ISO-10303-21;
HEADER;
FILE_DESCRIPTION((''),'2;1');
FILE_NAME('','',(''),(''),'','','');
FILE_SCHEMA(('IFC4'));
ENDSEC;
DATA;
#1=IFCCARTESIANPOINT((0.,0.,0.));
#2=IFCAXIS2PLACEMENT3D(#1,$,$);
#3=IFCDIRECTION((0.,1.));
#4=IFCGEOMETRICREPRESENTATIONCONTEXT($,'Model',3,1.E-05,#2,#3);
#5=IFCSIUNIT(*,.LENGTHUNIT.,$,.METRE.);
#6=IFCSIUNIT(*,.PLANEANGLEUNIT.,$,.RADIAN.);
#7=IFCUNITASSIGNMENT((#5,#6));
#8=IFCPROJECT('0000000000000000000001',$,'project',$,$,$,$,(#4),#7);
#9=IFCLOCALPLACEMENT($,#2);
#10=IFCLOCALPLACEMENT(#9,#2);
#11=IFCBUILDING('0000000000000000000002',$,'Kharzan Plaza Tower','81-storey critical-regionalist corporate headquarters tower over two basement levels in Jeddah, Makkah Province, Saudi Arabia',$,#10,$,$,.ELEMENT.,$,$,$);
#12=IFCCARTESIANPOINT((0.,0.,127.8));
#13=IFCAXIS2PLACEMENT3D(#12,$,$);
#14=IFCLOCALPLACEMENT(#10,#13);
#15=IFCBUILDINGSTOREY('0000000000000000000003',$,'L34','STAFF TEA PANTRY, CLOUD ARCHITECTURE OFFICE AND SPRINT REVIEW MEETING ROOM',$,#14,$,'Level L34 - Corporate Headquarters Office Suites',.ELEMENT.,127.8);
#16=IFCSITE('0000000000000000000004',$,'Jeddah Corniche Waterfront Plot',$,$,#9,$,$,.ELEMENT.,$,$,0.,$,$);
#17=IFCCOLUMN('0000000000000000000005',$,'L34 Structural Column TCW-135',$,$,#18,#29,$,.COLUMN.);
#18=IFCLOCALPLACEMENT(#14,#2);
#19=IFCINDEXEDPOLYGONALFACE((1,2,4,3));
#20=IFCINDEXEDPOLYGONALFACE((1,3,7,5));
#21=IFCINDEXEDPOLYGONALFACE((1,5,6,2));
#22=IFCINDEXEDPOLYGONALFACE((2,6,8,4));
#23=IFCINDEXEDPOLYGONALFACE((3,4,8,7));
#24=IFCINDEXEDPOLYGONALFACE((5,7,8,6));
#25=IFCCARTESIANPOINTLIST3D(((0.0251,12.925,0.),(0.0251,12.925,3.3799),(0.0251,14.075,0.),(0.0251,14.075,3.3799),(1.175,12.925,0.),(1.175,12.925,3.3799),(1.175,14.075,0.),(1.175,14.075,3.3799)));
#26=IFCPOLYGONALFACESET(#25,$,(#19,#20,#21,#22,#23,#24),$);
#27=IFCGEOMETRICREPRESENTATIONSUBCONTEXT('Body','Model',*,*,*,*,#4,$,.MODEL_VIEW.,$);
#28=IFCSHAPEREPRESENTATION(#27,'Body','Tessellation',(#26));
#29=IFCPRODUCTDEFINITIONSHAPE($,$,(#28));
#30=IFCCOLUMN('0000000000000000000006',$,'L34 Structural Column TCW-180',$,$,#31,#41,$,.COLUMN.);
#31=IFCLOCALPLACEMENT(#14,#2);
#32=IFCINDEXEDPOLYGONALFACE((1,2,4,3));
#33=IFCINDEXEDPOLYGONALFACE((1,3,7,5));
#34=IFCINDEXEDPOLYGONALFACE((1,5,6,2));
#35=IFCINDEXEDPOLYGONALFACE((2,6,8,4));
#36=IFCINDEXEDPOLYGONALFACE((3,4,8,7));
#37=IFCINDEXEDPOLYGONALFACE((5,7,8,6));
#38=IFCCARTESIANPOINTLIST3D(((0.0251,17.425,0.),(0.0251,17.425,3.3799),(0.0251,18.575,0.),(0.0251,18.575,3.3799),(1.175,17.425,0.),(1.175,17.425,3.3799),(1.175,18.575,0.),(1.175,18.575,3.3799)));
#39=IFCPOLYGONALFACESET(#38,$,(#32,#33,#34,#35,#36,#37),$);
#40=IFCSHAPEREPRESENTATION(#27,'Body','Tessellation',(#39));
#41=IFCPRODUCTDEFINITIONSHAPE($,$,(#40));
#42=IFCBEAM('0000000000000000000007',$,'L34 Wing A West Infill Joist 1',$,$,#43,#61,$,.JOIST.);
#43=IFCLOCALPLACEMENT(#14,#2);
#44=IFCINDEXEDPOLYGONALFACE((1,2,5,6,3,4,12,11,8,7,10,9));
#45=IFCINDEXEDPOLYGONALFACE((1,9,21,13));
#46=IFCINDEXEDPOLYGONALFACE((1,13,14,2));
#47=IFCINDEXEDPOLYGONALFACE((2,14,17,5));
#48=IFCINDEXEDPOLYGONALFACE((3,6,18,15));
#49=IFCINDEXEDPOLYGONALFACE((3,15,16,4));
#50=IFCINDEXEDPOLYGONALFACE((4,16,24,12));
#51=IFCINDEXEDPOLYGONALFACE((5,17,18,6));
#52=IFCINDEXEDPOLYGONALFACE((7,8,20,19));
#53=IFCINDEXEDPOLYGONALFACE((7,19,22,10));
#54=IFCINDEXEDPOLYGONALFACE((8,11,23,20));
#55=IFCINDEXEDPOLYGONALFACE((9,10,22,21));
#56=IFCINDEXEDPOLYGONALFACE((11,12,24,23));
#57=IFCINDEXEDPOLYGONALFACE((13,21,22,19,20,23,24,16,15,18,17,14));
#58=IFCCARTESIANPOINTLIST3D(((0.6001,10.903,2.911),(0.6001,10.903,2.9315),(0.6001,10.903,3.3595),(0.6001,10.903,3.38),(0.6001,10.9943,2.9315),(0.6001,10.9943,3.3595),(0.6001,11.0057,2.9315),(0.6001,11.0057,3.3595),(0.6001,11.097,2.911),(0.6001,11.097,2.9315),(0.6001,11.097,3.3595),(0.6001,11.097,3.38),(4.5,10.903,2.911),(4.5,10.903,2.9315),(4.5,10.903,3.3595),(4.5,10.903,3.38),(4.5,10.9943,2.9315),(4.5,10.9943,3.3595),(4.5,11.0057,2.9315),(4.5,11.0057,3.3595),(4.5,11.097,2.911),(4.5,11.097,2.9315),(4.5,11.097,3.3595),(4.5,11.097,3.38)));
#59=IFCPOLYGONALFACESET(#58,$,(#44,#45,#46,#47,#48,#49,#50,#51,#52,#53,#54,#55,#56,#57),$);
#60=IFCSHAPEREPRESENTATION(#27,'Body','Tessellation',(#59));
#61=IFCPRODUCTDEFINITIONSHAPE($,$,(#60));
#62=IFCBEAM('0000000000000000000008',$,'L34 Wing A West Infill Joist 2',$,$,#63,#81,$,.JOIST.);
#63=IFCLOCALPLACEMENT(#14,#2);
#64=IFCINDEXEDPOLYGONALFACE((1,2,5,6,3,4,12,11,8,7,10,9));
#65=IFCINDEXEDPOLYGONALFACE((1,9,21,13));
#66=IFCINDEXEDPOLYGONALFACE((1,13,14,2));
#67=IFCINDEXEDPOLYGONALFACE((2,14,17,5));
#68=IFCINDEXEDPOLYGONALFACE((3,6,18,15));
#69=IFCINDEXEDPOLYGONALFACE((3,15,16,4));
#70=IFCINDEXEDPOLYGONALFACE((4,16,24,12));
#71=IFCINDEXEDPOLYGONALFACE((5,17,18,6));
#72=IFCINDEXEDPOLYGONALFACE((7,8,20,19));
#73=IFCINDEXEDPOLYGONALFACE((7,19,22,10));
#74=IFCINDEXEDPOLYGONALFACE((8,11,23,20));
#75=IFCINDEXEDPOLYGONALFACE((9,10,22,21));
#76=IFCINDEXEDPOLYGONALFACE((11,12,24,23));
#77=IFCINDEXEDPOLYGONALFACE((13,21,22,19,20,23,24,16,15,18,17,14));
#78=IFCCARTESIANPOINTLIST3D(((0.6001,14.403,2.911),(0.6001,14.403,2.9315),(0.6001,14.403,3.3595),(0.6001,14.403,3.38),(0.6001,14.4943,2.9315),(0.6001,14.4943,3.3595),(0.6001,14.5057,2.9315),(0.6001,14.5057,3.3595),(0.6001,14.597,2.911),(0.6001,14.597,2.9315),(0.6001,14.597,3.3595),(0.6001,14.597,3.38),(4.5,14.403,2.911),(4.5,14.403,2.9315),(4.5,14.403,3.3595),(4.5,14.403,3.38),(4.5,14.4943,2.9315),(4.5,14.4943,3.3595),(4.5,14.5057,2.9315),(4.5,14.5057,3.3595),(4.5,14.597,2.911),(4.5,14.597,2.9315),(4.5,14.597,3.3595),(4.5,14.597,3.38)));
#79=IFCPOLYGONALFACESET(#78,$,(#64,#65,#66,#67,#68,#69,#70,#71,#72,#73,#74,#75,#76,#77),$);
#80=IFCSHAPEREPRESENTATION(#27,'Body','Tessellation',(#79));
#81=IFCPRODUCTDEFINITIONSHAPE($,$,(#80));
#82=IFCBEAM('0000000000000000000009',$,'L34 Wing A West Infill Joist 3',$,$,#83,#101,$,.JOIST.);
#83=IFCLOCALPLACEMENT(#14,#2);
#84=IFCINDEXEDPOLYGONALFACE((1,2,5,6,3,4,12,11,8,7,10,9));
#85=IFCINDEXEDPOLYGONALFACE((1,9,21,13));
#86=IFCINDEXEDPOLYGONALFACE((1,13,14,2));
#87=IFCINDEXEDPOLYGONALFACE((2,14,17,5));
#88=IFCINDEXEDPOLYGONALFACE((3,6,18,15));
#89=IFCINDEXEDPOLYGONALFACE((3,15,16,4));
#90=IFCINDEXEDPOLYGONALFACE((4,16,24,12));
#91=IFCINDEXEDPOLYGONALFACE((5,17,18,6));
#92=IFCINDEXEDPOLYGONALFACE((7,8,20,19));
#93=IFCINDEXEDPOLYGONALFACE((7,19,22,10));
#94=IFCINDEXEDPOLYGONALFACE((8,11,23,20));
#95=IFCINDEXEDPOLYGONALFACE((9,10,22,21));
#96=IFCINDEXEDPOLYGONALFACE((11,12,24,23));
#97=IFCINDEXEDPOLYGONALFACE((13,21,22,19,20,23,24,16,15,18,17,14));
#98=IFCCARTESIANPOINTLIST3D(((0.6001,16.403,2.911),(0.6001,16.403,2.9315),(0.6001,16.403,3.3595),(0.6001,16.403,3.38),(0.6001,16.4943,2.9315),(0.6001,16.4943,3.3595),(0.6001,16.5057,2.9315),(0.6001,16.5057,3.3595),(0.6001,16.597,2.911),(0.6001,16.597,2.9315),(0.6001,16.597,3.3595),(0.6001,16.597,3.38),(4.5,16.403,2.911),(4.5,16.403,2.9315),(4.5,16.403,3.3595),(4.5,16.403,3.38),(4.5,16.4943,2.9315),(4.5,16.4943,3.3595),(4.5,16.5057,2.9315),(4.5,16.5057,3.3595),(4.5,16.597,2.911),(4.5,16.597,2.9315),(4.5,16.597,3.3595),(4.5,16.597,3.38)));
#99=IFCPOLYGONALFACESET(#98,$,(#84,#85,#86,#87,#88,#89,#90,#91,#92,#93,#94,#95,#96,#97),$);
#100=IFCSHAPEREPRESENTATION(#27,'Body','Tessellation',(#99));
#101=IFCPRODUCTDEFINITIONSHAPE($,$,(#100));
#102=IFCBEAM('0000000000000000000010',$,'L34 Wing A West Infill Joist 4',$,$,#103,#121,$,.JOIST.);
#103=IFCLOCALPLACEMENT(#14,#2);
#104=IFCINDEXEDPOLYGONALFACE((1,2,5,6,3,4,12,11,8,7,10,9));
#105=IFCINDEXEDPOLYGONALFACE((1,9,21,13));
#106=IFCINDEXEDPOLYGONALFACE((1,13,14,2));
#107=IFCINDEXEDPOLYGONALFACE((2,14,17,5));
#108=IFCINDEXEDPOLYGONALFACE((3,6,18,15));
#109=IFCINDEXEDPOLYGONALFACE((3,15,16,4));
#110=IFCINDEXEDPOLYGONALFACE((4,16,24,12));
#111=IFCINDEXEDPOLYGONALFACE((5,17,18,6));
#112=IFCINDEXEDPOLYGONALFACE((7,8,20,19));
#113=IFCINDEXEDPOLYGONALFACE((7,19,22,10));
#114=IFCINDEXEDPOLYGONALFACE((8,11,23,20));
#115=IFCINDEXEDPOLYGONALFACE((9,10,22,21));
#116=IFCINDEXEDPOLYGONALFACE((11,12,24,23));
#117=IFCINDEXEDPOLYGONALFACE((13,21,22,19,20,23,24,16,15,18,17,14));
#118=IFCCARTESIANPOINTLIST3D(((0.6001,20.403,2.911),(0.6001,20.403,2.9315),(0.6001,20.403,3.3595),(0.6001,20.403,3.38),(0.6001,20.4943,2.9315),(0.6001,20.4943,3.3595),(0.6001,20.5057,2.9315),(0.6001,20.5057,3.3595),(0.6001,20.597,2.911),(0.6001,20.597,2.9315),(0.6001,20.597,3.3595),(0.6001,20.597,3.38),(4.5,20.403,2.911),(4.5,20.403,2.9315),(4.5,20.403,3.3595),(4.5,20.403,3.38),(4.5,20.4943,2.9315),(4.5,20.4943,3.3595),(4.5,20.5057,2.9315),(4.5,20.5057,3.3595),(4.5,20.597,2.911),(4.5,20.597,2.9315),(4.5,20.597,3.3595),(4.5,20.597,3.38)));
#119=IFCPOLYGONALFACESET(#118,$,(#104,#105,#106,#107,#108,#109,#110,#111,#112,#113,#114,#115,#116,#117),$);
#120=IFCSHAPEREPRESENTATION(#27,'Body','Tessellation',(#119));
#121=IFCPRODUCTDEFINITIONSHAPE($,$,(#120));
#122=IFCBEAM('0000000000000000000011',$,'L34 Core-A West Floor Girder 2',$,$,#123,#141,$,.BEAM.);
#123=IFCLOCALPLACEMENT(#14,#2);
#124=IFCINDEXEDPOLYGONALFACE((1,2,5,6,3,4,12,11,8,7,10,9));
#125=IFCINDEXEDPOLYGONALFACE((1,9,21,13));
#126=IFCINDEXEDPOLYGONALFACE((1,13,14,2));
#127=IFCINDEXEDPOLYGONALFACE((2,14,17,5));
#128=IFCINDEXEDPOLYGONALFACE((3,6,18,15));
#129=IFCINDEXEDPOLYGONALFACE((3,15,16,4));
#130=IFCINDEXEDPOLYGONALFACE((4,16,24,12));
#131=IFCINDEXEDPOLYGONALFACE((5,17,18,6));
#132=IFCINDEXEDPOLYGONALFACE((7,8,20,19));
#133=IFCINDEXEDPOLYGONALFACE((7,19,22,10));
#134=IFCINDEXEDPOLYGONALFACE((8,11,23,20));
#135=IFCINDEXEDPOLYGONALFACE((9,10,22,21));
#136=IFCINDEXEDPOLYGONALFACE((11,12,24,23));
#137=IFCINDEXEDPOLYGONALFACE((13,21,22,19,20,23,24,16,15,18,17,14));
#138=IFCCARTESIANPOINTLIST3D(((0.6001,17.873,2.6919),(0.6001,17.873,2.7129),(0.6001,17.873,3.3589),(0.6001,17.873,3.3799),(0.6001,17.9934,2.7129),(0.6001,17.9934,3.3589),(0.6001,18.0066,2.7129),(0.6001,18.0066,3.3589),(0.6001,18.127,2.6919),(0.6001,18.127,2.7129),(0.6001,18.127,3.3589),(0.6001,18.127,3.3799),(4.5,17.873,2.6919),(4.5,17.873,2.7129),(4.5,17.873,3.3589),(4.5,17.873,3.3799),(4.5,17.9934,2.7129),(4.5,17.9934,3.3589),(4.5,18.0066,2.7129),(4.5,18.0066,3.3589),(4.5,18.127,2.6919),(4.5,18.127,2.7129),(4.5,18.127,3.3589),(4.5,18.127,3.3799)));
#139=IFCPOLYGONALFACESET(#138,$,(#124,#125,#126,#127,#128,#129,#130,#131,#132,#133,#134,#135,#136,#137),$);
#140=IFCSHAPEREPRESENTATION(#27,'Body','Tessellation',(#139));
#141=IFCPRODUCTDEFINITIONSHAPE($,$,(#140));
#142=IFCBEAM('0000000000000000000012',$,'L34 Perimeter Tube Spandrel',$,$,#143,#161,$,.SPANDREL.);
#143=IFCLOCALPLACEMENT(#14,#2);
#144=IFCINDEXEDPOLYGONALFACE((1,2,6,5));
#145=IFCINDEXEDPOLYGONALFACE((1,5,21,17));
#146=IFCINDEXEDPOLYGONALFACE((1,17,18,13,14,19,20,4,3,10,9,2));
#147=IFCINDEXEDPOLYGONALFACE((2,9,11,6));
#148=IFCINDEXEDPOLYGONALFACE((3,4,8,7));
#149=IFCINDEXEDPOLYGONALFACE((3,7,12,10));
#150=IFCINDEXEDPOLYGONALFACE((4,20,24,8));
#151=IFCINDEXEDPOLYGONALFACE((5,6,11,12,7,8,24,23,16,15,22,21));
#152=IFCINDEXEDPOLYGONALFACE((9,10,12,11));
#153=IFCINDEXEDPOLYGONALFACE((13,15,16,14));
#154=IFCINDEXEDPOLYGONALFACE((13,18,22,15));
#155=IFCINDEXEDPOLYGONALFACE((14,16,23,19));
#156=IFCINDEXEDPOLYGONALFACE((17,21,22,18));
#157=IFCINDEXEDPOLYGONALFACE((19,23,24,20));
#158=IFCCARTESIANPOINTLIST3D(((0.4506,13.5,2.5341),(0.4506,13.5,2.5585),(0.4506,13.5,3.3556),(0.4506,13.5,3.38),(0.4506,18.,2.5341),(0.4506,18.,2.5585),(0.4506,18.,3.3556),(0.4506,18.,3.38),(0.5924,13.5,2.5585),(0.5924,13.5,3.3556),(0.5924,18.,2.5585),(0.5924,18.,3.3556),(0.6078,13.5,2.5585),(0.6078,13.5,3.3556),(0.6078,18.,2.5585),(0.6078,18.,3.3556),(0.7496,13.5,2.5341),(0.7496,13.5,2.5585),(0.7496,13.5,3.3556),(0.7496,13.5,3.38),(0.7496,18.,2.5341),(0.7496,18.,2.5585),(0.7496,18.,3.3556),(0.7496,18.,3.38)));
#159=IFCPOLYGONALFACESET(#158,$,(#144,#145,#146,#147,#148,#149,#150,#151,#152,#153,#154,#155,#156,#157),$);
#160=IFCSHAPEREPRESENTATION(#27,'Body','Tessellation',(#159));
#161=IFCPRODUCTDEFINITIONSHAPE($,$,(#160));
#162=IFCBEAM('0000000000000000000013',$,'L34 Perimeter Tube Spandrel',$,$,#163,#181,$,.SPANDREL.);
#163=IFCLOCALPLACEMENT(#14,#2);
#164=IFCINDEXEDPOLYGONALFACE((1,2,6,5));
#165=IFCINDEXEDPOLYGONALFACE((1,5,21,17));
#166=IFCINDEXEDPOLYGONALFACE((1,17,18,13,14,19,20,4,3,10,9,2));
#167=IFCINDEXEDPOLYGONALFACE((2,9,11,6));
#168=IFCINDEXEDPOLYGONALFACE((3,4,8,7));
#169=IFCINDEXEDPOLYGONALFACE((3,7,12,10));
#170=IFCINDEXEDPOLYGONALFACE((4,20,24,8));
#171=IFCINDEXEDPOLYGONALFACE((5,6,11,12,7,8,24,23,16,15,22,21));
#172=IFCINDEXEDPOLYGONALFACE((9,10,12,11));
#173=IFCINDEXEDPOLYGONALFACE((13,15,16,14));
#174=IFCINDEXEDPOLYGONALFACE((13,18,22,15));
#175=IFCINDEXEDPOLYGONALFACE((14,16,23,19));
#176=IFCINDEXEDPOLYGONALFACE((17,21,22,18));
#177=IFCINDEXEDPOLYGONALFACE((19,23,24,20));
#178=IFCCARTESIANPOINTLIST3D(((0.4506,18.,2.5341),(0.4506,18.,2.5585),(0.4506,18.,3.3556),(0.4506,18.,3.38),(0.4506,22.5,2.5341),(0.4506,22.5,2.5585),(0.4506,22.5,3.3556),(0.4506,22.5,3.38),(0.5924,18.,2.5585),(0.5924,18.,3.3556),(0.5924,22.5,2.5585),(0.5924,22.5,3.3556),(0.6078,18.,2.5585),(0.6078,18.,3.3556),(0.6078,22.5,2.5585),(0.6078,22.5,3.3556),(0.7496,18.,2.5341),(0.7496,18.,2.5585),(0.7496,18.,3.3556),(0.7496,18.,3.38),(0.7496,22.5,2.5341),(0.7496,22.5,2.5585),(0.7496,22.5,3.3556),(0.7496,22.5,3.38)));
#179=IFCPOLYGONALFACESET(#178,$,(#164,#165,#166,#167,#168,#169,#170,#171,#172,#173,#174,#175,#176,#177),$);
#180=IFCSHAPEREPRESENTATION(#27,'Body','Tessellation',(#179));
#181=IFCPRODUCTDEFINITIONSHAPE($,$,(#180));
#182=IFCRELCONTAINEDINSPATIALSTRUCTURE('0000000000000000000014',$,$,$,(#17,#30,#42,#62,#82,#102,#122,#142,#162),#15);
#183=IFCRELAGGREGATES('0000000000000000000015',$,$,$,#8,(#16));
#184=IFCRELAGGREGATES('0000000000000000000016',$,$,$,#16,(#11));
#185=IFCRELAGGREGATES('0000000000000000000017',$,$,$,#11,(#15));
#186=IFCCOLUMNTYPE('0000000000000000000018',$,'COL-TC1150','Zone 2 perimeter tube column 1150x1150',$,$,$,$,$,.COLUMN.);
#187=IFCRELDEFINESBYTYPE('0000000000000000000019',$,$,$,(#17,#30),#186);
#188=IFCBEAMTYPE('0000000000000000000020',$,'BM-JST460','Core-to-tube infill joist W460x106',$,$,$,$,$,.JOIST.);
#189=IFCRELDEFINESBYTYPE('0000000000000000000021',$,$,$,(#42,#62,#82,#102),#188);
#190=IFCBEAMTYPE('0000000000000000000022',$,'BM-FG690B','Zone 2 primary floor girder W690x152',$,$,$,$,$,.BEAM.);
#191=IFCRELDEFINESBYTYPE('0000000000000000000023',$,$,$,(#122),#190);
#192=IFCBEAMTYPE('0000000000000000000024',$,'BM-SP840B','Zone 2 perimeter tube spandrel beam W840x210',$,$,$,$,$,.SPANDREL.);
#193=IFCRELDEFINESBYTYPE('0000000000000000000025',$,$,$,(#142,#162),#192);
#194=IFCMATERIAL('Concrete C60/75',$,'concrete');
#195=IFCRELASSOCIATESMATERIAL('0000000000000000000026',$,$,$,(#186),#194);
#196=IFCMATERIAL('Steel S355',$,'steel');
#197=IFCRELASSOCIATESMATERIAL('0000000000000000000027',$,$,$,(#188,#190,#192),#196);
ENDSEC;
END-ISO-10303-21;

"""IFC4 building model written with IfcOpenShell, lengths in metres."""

from ifc_helpers import new_model, si_unit, direction, frame, origin, origin_2d, place, context, subcontext, project, spatial, rectangle, i_section, extrude, source, transform, mapped, material, material_profile, profile_set, type_object, element, save


model = new_model("IFC4")

# Units and contexts
model_context = context("Model", 3, precision=1e-05, world=origin(), true_north=direction((0.0, 1.0)))
body_context = subcontext(model_context, "Body", "Model", "MODEL_VIEW")
ifc_project = project(units=[si_unit("LENGTHUNIT", "METRE"), si_unit("PLANEANGLEUNIT", "RADIAN")], contexts=[model_context])

# Site, building, storey
site_placement = place(None, origin())
site = spatial("IfcSite", under=ifc_project, at=site_placement, Name="Jeddah Corniche Waterfront Plot", CompositionType="ELEMENT", RefElevation=0.0)
building_placement = place(site_placement, origin())
building = spatial("IfcBuilding", under=site, at=building_placement, Name="Kharzan Plaza Tower", Description="81-storey critical-regionalist corporate headquarters tower over two basement levels in Jeddah, Makkah Province, Saudi Arabia", CompositionType="ELEMENT")
storey_placement = place(building_placement, frame((0.0, 0.0, 127.8)))
storey = spatial("IfcBuildingStorey", under=building, at=storey_placement, Name="L34", Description="STAFF TEA PANTRY, CLOUD ARCHITECTURE OFFICE AND SPRINT REVIEW MEETING ROOM", LongName="Level L34 - Corporate Headquarters Office Suites", CompositionType="ELEMENT", Elevation=127.8)

# Columns
ifc_material_1 = material(Name="Concrete C60/75", Category="concrete")
ifc_material_profile_1 = material_profile(ifc_material_1, rectangle(XDim=1.1499, YDim=1.1499, at=origin_2d()), Name="RC-TC1150x1150")
ifc_profile_set_1 = profile_set([ifc_material_profile_1], Name="Concrete C60/75")
column_type = type_object("IfcColumnType", Name="COL-TC1150", Description="Zone 2 perimeter tube column 1150x1150", PredefinedType="COLUMN", material=ifc_profile_set_1)
shared_shape_1 = source(origin(), body_context, "Body", "SweptSolid", [
    extrude(rectangle(XDim=1.1499, YDim=1.1499, at=origin_2d()), origin(), (0.0, 0.0, 1.0), 3.3799),
])
for number, where, z_axis, x_axis, name in (
    (1, (0.6001, 13.5, 0.0), (0.0, 0.0, 1.0), (1.0, 0.0, 0.0), "L34 Structural Column TCW-135"),
    (2, (0.6001, 18.0, 0.0), (0.0, 0.0, 1.0), (1.0, 0.0, 0.0), "L34 Structural Column TCW-180"),
):
    element("IfcColumn", number, at=place(storey_placement, frame(where, z_axis=z_axis, x_axis=x_axis)), inside=storey, type_object=column_type, Name=name, PredefinedType="COLUMN", context=body_context, shape_type="MappedRepresentation", body=[
        mapped(shared_shape_1, transform((0.0, 0.0, 0.0), x_axis=(1.0, 0.0, 0.0), y_axis=(0.0, 1.0, 0.0), z_axis=(0.0, 0.0, 1.0))),
    ])

# Beams
ifc_material_2 = material(Name="Steel S355", Category="steel")
ifc_material_profile_2 = material_profile(ifc_material_2, i_section(OverallWidth=0.1941, OverallDepth=0.469, WebThickness=0.0115, FlangeThickness=0.0205, at=origin_2d()), Name="W460x106")
ifc_profile_set_2 = profile_set([ifc_material_profile_2], Name="Steel S355")
beam_type_1 = type_object("IfcBeamType", Name="BM-JST460", Description="Core-to-tube infill joist W460x106", PredefinedType="JOIST", material=ifc_profile_set_2)
shared_shape_2 = source(origin(), body_context, "Body", "SweptSolid", [
    extrude(i_section(OverallWidth=0.1941, OverallDepth=0.469, WebThickness=0.0115, FlangeThickness=0.0205, at=origin_2d()), origin(), (0.0, 0.0, 1.0), 3.8999),
])
for number, where, z_axis, x_axis, name in (
    (3, (0.6001, 11.0, 3.1455), (1.0, 0.0, 0.0), (0.0, 1.0, 0.0), "L34 Wing A West Infill Joist 1"),
    (4, (0.6001, 14.5, 3.1455), (1.0, 0.0, 0.0), (0.0, 1.0, 0.0), "L34 Wing A West Infill Joist 2"),
    (5, (0.6001, 16.5, 3.1455), (1.0, 0.0, 0.0), (0.0, 1.0, 0.0), "L34 Wing A West Infill Joist 3"),
    (6, (0.6001, 20.5, 3.1455), (1.0, 0.0, 0.0), (0.0, 1.0, 0.0), "L34 Wing A West Infill Joist 4"),
):
    element("IfcBeam", number, at=place(storey_placement, frame(where, z_axis=z_axis, x_axis=x_axis)), inside=storey, type_object=beam_type_1, Name=name, PredefinedType="JOIST", context=body_context, shape_type="MappedRepresentation", body=[
        mapped(shared_shape_2, transform((0.0, 0.0, 0.0), x_axis=(1.0, 0.0, 0.0), y_axis=(0.0, 1.0, 0.0), z_axis=(0.0, 0.0, 1.0))),
    ])
ifc_material_profile_3 = material_profile(ifc_material_2, i_section(OverallWidth=0.2539, OverallDepth=0.688, WebThickness=0.0132, FlangeThickness=0.021, at=origin_2d()), Name="W690x152")
ifc_profile_set_3 = profile_set([ifc_material_profile_3], Name="Steel S355")
beam_type_2 = type_object("IfcBeamType", Name="BM-FG690B", Description="Zone 2 primary floor girder W690x152", PredefinedType="BEAM", material=ifc_profile_set_3)
shared_shape_3 = source(origin(), body_context, "Body", "SweptSolid", [
    extrude(i_section(OverallWidth=0.2539, OverallDepth=0.688, WebThickness=0.0132, FlangeThickness=0.021, at=origin_2d()), origin(), (0.0, 0.0, 1.0), 3.8999),
])
beam_placement = place(storey_placement, frame((0.6001, 18.0, 3.0359), z_axis=(1.0, 0.0, 0.0), x_axis=(0.0, 1.0, 0.0)))
element("IfcBeam", 7, at=beam_placement, inside=storey, type_object=beam_type_2, Name="L34 Core-A West Floor Girder 2", PredefinedType="BEAM", context=body_context, shape_type="MappedRepresentation", body=[
    mapped(shared_shape_3, transform((0.0, 0.0, 0.0), x_axis=(1.0, 0.0, 0.0), y_axis=(0.0, 1.0, 0.0), z_axis=(0.0, 0.0, 1.0))),
])
ifc_material_profile_4 = material_profile(ifc_material_2, i_section(OverallWidth=0.2991, OverallDepth=0.8459, WebThickness=0.0154, FlangeThickness=0.0244, at=origin_2d()), Name="W840x210")
ifc_profile_set_4 = profile_set([ifc_material_profile_4], Name="Steel S355")
beam_type_3 = type_object("IfcBeamType", Name="BM-SP840B", Description="Zone 2 perimeter tube spandrel beam W840x210", PredefinedType="SPANDREL", material=ifc_profile_set_4)
shared_shape_4 = source(origin(), body_context, "Body", "SweptSolid", [
    extrude(i_section(OverallWidth=0.2991, OverallDepth=0.8459, WebThickness=0.0154, FlangeThickness=0.0244, at=origin_2d()), origin(), (0.0, 0.0, 1.0), 4.5),
])
for number, where, z_axis, x_axis, name in (
    (8, (0.6001, 13.5, 2.957), (0.0, 1.0, 0.0), (-1.0, 0.0, 0.0), "L34 Perimeter Tube Spandrel"),
    (9, (0.6001, 18.0, 2.957), (0.0, 1.0, 0.0), (-1.0, 0.0, 0.0), "L34 Perimeter Tube Spandrel"),
):
    element("IfcBeam", number, at=place(storey_placement, frame(where, z_axis=z_axis, x_axis=x_axis)), inside=storey, type_object=beam_type_3, Name=name, PredefinedType="SPANDREL", context=body_context, shape_type="MappedRepresentation", body=[
        mapped(shared_shape_4, transform((0.0, 0.0, 0.0), x_axis=(1.0, 0.0, 0.0), y_axis=(0.0, 1.0, 0.0), z_axis=(0.0, 0.0, 1.0))),
    ])

save(model, "model.ifc")
